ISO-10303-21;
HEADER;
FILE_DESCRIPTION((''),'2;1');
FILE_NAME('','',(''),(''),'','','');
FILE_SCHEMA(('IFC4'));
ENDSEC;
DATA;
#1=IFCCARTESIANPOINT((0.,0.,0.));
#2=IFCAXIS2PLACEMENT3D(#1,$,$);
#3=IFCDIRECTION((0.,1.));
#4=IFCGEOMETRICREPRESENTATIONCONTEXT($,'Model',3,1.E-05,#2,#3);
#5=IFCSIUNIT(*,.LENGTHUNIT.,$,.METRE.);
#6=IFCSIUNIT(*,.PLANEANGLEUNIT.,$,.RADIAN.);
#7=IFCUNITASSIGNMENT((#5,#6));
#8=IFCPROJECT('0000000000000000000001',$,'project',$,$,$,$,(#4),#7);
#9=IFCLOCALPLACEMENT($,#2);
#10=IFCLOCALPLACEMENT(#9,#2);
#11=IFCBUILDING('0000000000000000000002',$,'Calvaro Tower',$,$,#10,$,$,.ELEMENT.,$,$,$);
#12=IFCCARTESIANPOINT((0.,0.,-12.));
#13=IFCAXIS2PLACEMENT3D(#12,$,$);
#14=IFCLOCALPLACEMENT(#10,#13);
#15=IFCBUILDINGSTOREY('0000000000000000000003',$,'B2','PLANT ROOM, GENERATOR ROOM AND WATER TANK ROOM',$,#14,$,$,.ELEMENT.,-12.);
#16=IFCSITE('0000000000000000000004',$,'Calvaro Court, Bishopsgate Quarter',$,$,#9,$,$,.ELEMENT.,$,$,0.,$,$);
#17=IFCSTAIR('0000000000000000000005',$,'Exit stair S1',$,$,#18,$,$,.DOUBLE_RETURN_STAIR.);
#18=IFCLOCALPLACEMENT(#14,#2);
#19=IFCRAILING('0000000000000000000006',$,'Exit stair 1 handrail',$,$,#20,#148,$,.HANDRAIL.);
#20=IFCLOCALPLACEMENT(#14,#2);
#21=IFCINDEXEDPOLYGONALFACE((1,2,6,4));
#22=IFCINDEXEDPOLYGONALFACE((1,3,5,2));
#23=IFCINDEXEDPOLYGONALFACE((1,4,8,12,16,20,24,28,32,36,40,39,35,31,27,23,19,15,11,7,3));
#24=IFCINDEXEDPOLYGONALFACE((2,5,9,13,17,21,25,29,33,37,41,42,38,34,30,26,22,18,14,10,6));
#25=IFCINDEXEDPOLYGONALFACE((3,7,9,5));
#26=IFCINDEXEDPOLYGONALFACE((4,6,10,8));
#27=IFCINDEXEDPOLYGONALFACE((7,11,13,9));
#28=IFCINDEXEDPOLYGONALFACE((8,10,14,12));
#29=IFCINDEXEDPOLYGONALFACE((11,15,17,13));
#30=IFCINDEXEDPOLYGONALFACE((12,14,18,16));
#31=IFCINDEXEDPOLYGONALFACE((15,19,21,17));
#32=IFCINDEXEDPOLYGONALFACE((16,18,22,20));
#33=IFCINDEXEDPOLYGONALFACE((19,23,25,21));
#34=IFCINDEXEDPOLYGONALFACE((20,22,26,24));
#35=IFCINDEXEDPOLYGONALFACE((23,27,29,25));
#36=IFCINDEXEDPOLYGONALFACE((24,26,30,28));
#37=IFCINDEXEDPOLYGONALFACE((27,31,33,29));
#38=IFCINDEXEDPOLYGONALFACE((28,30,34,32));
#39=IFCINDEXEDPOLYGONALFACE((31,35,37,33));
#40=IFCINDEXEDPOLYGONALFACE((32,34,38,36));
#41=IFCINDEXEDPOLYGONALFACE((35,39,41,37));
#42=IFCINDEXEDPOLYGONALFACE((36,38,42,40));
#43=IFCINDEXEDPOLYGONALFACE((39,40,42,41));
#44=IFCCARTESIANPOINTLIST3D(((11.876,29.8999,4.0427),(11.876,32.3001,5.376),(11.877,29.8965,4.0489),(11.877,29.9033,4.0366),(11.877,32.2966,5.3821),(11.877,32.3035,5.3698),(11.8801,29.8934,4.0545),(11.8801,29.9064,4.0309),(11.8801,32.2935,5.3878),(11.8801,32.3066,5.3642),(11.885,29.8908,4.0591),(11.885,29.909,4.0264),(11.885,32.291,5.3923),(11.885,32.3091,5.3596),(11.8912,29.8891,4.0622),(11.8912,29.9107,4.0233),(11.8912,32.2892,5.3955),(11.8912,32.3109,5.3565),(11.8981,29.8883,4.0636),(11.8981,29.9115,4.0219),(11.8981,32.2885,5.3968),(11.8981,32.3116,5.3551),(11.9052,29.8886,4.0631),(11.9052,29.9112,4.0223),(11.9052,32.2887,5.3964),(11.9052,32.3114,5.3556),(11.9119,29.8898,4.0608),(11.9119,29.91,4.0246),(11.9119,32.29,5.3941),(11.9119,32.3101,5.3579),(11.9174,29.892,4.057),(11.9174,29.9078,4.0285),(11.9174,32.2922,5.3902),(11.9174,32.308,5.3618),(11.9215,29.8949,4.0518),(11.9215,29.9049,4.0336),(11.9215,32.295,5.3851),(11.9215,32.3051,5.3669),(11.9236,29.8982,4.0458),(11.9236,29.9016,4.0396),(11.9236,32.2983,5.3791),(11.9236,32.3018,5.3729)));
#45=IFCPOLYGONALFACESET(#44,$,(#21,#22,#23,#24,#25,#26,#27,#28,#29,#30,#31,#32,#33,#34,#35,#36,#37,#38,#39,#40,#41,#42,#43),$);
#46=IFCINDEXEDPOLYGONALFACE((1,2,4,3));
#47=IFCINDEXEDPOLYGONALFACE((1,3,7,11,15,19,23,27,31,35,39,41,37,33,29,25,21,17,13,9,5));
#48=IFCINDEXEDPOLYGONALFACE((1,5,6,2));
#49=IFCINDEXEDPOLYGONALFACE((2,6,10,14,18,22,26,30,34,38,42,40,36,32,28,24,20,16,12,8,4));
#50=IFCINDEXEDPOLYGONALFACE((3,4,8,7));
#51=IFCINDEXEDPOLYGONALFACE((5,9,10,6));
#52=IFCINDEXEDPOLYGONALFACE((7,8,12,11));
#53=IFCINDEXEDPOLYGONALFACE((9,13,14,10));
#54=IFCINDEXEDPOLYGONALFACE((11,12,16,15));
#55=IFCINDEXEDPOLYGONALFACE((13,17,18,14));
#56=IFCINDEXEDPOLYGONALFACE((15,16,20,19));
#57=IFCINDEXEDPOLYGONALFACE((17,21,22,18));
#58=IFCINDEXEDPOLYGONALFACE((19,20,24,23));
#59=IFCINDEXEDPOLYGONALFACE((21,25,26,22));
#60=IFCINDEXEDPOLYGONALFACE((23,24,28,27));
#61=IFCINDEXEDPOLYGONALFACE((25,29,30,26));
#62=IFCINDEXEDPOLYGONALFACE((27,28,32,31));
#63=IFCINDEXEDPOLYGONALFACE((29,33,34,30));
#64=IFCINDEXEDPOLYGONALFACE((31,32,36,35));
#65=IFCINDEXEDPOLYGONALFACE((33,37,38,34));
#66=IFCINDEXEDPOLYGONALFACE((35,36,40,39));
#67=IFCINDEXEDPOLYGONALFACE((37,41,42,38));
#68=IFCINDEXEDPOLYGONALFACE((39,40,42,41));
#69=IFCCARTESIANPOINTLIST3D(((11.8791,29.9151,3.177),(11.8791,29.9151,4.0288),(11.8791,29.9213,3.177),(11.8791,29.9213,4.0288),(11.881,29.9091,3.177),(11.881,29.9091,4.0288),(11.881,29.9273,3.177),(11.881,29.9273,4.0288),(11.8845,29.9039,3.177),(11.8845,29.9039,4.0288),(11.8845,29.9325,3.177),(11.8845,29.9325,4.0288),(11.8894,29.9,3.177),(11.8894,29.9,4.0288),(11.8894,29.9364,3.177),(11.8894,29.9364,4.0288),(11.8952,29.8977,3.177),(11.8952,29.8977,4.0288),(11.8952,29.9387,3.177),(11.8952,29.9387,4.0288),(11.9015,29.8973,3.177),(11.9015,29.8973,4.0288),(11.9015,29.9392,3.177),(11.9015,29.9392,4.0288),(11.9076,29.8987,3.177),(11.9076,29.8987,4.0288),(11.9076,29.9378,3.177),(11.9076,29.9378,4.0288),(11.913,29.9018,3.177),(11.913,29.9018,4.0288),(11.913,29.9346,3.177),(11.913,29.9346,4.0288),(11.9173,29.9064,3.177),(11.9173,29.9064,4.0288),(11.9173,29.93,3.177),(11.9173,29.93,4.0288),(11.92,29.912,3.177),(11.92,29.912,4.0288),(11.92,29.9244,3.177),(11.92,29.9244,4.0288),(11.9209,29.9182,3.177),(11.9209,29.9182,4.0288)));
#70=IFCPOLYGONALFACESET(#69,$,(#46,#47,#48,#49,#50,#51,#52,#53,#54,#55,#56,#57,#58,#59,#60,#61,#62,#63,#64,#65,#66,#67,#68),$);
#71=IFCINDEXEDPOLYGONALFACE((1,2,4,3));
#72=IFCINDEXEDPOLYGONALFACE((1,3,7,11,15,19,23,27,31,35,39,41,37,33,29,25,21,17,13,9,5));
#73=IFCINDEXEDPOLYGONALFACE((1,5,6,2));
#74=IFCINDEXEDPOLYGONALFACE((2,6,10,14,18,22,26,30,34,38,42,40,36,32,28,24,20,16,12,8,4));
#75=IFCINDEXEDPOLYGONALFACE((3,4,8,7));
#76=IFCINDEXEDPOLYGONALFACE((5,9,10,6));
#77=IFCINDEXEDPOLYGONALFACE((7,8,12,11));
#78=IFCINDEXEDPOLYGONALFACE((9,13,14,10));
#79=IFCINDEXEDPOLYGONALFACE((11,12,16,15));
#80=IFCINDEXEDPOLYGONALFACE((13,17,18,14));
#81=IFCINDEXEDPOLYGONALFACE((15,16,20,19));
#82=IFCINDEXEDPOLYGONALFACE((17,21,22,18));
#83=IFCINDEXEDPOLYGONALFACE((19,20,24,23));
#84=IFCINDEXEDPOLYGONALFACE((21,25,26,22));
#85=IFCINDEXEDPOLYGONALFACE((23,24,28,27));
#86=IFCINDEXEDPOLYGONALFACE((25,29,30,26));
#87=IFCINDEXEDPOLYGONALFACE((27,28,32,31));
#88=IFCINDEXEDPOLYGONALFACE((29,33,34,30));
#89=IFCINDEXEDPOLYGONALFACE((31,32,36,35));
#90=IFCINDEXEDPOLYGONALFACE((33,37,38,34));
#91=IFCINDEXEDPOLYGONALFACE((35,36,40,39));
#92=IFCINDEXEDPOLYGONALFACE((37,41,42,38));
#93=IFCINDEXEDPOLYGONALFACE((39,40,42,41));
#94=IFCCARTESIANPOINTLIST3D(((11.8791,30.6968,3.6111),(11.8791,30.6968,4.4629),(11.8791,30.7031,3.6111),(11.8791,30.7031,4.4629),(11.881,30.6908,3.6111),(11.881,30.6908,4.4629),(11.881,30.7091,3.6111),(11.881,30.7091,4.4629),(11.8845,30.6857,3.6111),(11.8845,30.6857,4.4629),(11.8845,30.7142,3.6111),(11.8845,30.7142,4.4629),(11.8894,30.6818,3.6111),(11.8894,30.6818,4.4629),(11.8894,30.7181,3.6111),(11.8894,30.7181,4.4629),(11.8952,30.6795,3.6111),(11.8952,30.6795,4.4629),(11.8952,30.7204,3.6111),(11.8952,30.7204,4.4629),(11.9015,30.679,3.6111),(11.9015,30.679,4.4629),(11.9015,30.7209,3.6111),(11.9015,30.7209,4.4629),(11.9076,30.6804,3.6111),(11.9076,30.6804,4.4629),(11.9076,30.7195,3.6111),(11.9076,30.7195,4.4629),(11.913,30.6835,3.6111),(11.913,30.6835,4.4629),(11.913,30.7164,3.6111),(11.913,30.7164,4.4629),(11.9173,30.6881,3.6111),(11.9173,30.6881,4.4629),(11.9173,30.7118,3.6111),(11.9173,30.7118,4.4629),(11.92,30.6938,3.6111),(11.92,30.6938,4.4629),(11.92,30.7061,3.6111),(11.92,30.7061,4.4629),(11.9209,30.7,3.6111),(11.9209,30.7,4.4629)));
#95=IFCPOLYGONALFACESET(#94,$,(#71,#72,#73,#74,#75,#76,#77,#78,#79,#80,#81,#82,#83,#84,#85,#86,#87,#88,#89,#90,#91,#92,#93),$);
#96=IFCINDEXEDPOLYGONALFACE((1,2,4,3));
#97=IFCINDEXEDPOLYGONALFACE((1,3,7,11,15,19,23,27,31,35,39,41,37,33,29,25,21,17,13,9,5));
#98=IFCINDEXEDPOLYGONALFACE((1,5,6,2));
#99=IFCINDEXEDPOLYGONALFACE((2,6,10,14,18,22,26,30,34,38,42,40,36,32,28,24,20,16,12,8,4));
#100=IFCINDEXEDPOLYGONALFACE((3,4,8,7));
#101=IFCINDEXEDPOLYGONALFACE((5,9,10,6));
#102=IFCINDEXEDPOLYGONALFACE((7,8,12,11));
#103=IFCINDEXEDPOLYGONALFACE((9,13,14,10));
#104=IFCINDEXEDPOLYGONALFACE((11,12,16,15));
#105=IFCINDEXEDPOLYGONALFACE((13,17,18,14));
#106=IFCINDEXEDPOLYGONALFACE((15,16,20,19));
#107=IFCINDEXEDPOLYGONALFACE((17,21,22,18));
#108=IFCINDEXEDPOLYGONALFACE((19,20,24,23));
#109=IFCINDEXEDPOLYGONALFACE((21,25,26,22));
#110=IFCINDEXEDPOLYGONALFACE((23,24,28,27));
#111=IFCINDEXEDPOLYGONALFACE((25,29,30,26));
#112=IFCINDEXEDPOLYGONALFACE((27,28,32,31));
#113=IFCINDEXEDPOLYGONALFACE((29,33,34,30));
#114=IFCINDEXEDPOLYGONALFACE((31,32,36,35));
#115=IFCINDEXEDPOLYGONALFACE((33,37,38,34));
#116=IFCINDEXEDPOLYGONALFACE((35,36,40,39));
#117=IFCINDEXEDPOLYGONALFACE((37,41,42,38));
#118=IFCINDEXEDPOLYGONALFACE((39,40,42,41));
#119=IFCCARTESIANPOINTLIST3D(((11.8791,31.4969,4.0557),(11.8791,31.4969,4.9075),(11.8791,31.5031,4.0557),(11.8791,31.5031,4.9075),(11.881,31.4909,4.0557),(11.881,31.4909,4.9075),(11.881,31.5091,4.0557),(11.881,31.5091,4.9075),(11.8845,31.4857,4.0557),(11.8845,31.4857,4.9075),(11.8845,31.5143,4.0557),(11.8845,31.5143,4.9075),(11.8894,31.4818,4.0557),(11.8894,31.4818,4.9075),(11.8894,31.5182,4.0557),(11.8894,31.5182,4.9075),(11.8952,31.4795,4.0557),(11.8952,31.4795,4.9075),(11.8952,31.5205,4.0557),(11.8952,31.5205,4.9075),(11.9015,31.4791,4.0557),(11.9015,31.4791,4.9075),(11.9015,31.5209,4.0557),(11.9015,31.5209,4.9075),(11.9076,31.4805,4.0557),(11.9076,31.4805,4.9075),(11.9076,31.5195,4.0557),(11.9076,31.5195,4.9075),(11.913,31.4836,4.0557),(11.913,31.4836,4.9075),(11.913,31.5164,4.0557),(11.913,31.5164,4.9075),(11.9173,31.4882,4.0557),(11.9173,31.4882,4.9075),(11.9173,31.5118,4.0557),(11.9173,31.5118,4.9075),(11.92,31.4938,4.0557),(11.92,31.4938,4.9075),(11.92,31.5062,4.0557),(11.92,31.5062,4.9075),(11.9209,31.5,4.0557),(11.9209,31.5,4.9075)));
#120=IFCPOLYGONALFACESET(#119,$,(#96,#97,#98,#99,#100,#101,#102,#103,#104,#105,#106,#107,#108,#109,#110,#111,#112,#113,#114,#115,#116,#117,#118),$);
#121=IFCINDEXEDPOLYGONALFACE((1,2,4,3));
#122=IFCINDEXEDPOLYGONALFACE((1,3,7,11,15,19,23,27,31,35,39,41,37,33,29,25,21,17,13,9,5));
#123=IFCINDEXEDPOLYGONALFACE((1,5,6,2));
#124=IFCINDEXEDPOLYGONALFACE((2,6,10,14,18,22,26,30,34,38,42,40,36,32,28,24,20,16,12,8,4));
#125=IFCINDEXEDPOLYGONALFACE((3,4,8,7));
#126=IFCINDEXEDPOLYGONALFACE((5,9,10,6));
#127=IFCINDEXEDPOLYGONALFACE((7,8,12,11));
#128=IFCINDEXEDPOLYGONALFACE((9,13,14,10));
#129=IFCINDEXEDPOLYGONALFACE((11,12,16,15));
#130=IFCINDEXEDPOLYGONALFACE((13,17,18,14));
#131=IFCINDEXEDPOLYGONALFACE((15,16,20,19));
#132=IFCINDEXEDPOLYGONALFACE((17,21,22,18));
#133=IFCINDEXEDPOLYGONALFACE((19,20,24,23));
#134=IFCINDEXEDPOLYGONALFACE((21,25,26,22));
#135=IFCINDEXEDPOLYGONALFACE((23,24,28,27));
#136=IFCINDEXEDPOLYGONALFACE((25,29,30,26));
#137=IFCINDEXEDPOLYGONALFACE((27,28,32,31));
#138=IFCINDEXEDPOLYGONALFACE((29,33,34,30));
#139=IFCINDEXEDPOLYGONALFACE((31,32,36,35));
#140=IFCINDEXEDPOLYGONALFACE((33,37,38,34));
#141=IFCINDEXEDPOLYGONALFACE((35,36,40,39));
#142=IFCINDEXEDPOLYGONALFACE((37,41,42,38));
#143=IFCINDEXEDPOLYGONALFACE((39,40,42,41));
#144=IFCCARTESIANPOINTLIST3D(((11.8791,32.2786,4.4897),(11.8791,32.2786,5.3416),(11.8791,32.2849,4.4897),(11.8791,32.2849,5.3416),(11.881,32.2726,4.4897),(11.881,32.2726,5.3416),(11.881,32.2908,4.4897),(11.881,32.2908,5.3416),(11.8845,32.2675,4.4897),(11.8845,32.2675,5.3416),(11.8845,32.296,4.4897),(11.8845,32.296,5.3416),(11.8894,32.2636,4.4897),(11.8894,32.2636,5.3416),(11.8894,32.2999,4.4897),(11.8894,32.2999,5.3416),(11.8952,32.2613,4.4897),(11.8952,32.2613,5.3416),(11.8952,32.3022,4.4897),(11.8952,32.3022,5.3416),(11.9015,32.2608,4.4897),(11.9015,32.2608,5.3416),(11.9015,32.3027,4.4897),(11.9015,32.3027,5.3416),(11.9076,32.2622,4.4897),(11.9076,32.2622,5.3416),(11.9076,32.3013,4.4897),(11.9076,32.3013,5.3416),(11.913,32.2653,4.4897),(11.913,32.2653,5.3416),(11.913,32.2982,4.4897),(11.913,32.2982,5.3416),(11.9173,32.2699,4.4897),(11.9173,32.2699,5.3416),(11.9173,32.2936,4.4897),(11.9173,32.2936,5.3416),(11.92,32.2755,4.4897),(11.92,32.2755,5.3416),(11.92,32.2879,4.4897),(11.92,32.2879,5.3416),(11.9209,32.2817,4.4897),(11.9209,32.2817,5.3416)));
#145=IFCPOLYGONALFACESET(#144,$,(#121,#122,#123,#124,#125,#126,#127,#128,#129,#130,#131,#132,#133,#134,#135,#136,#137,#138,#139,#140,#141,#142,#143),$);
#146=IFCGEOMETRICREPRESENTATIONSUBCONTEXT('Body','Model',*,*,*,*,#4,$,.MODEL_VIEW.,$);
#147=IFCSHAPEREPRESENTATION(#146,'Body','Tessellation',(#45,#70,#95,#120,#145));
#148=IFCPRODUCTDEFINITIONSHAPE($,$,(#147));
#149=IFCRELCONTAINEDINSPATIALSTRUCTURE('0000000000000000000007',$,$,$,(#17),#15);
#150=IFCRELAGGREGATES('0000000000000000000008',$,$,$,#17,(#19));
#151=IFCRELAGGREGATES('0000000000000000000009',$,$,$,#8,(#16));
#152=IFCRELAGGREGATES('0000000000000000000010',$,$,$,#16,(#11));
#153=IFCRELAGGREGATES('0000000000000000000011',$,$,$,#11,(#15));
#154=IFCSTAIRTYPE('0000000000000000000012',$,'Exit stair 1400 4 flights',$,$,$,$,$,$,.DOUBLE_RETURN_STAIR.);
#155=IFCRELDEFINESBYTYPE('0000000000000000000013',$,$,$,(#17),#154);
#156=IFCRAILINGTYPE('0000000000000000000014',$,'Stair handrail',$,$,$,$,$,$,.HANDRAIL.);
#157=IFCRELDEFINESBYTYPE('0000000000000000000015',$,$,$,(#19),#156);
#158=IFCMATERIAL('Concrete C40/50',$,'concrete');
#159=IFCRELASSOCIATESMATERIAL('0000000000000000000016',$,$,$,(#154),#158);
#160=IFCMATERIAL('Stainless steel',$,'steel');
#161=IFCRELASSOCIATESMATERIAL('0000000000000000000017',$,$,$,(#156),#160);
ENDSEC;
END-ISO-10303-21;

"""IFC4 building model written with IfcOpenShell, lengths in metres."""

from ifc_helpers import new_model, si_unit, direction, frame, origin, origin_2d, place, context, subcontext, project, spatial, circle, extrude, material, type_object, element, aggregate, save


model = new_model("IFC4")

# Units and contexts
model_context = context("Model", 3, precision=1e-05, world=origin(), true_north=direction((0.0, 1.0)))
body_context = subcontext(model_context, "Body", "Model", "MODEL_VIEW")
ifc_project = project(units=[si_unit("LENGTHUNIT", "METRE"), si_unit("PLANEANGLEUNIT", "RADIAN")], contexts=[model_context])

# Site, building, storey
site_placement = place(None, origin())
site = spatial("IfcSite", under=ifc_project, at=site_placement, Name="Calvaro Court, Bishopsgate Quarter", CompositionType="ELEMENT", RefElevation=0.0)
building_placement = place(site_placement, origin())
building = spatial("IfcBuilding", under=site, at=building_placement, Name="Calvaro Tower", CompositionType="ELEMENT")
storey_placement = place(building_placement, frame((0.0, 0.0, -12.0)))
storey = spatial("IfcBuildingStorey", under=building, at=storey_placement, Name="B2", Description="PLANT ROOM, GENERATOR ROOM AND WATER TANK ROOM", CompositionType="ELEMENT", Elevation=-12.0)

# Stair, railing
ifc_material_1 = material(Name="Concrete C40/50", Category="concrete")
stair_type = type_object("IfcStairType", Name="Exit stair 1400 4 flights", PredefinedType="DOUBLE_RETURN_STAIR", material=ifc_material_1)
stair_1_placement = place(storey_placement, origin())
stair_1 = element("IfcStair", 1, at=stair_1_placement, inside=storey, type_object=stair_type, Name="Exit stair S1", PredefinedType="DOUBLE_RETURN_STAIR")
ifc_material_2 = material(Name="Stainless steel", Category="steel")
railing_type = type_object("IfcRailingType", Name="Stair handrail", PredefinedType="HANDRAIL", material=ifc_material_2)
railing_1_placement = place(storey_placement, frame((11.8999, 29.8999, 3.1667)))
railing_1 = element("IfcRailing", 2, at=railing_1_placement, type_object=railing_type, Name="Exit stair 1 handrail", PredefinedType="HANDRAIL", context=body_context, shape_type="SweptSolid", body=[
    extrude(circle(Radius=0.0239, at=origin_2d()), frame((0.0, 0.0, 0.876), z_axis=(0.0, 0.874182, 0.485598), x_axis=(-1.0, 0.0, 0.0)), (0.0, 0.0, 1.0), 2.7456),
    extrude(circle(Radius=0.021, at=origin_2d()), frame((0.0, 0.0183, 0.0103)), (0.0, 0.0, 1.0), 0.8518),
    extrude(circle(Radius=0.021, at=origin_2d()), frame((0.0, 0.8, 0.4443)), (0.0, 0.0, 1.0), 0.8518),
    extrude(circle(Radius=0.021, at=origin_2d()), frame((0.0, 1.6001, 0.8889)), (0.0, 0.0, 1.0), 0.8518),
    extrude(circle(Radius=0.021, at=origin_2d()), frame((0.0, 2.3818, 1.323)), (0.0, 0.0, 1.0), 0.8518),
])
aggregate(stair_1, [railing_1])

save(model, "model.ifc")
